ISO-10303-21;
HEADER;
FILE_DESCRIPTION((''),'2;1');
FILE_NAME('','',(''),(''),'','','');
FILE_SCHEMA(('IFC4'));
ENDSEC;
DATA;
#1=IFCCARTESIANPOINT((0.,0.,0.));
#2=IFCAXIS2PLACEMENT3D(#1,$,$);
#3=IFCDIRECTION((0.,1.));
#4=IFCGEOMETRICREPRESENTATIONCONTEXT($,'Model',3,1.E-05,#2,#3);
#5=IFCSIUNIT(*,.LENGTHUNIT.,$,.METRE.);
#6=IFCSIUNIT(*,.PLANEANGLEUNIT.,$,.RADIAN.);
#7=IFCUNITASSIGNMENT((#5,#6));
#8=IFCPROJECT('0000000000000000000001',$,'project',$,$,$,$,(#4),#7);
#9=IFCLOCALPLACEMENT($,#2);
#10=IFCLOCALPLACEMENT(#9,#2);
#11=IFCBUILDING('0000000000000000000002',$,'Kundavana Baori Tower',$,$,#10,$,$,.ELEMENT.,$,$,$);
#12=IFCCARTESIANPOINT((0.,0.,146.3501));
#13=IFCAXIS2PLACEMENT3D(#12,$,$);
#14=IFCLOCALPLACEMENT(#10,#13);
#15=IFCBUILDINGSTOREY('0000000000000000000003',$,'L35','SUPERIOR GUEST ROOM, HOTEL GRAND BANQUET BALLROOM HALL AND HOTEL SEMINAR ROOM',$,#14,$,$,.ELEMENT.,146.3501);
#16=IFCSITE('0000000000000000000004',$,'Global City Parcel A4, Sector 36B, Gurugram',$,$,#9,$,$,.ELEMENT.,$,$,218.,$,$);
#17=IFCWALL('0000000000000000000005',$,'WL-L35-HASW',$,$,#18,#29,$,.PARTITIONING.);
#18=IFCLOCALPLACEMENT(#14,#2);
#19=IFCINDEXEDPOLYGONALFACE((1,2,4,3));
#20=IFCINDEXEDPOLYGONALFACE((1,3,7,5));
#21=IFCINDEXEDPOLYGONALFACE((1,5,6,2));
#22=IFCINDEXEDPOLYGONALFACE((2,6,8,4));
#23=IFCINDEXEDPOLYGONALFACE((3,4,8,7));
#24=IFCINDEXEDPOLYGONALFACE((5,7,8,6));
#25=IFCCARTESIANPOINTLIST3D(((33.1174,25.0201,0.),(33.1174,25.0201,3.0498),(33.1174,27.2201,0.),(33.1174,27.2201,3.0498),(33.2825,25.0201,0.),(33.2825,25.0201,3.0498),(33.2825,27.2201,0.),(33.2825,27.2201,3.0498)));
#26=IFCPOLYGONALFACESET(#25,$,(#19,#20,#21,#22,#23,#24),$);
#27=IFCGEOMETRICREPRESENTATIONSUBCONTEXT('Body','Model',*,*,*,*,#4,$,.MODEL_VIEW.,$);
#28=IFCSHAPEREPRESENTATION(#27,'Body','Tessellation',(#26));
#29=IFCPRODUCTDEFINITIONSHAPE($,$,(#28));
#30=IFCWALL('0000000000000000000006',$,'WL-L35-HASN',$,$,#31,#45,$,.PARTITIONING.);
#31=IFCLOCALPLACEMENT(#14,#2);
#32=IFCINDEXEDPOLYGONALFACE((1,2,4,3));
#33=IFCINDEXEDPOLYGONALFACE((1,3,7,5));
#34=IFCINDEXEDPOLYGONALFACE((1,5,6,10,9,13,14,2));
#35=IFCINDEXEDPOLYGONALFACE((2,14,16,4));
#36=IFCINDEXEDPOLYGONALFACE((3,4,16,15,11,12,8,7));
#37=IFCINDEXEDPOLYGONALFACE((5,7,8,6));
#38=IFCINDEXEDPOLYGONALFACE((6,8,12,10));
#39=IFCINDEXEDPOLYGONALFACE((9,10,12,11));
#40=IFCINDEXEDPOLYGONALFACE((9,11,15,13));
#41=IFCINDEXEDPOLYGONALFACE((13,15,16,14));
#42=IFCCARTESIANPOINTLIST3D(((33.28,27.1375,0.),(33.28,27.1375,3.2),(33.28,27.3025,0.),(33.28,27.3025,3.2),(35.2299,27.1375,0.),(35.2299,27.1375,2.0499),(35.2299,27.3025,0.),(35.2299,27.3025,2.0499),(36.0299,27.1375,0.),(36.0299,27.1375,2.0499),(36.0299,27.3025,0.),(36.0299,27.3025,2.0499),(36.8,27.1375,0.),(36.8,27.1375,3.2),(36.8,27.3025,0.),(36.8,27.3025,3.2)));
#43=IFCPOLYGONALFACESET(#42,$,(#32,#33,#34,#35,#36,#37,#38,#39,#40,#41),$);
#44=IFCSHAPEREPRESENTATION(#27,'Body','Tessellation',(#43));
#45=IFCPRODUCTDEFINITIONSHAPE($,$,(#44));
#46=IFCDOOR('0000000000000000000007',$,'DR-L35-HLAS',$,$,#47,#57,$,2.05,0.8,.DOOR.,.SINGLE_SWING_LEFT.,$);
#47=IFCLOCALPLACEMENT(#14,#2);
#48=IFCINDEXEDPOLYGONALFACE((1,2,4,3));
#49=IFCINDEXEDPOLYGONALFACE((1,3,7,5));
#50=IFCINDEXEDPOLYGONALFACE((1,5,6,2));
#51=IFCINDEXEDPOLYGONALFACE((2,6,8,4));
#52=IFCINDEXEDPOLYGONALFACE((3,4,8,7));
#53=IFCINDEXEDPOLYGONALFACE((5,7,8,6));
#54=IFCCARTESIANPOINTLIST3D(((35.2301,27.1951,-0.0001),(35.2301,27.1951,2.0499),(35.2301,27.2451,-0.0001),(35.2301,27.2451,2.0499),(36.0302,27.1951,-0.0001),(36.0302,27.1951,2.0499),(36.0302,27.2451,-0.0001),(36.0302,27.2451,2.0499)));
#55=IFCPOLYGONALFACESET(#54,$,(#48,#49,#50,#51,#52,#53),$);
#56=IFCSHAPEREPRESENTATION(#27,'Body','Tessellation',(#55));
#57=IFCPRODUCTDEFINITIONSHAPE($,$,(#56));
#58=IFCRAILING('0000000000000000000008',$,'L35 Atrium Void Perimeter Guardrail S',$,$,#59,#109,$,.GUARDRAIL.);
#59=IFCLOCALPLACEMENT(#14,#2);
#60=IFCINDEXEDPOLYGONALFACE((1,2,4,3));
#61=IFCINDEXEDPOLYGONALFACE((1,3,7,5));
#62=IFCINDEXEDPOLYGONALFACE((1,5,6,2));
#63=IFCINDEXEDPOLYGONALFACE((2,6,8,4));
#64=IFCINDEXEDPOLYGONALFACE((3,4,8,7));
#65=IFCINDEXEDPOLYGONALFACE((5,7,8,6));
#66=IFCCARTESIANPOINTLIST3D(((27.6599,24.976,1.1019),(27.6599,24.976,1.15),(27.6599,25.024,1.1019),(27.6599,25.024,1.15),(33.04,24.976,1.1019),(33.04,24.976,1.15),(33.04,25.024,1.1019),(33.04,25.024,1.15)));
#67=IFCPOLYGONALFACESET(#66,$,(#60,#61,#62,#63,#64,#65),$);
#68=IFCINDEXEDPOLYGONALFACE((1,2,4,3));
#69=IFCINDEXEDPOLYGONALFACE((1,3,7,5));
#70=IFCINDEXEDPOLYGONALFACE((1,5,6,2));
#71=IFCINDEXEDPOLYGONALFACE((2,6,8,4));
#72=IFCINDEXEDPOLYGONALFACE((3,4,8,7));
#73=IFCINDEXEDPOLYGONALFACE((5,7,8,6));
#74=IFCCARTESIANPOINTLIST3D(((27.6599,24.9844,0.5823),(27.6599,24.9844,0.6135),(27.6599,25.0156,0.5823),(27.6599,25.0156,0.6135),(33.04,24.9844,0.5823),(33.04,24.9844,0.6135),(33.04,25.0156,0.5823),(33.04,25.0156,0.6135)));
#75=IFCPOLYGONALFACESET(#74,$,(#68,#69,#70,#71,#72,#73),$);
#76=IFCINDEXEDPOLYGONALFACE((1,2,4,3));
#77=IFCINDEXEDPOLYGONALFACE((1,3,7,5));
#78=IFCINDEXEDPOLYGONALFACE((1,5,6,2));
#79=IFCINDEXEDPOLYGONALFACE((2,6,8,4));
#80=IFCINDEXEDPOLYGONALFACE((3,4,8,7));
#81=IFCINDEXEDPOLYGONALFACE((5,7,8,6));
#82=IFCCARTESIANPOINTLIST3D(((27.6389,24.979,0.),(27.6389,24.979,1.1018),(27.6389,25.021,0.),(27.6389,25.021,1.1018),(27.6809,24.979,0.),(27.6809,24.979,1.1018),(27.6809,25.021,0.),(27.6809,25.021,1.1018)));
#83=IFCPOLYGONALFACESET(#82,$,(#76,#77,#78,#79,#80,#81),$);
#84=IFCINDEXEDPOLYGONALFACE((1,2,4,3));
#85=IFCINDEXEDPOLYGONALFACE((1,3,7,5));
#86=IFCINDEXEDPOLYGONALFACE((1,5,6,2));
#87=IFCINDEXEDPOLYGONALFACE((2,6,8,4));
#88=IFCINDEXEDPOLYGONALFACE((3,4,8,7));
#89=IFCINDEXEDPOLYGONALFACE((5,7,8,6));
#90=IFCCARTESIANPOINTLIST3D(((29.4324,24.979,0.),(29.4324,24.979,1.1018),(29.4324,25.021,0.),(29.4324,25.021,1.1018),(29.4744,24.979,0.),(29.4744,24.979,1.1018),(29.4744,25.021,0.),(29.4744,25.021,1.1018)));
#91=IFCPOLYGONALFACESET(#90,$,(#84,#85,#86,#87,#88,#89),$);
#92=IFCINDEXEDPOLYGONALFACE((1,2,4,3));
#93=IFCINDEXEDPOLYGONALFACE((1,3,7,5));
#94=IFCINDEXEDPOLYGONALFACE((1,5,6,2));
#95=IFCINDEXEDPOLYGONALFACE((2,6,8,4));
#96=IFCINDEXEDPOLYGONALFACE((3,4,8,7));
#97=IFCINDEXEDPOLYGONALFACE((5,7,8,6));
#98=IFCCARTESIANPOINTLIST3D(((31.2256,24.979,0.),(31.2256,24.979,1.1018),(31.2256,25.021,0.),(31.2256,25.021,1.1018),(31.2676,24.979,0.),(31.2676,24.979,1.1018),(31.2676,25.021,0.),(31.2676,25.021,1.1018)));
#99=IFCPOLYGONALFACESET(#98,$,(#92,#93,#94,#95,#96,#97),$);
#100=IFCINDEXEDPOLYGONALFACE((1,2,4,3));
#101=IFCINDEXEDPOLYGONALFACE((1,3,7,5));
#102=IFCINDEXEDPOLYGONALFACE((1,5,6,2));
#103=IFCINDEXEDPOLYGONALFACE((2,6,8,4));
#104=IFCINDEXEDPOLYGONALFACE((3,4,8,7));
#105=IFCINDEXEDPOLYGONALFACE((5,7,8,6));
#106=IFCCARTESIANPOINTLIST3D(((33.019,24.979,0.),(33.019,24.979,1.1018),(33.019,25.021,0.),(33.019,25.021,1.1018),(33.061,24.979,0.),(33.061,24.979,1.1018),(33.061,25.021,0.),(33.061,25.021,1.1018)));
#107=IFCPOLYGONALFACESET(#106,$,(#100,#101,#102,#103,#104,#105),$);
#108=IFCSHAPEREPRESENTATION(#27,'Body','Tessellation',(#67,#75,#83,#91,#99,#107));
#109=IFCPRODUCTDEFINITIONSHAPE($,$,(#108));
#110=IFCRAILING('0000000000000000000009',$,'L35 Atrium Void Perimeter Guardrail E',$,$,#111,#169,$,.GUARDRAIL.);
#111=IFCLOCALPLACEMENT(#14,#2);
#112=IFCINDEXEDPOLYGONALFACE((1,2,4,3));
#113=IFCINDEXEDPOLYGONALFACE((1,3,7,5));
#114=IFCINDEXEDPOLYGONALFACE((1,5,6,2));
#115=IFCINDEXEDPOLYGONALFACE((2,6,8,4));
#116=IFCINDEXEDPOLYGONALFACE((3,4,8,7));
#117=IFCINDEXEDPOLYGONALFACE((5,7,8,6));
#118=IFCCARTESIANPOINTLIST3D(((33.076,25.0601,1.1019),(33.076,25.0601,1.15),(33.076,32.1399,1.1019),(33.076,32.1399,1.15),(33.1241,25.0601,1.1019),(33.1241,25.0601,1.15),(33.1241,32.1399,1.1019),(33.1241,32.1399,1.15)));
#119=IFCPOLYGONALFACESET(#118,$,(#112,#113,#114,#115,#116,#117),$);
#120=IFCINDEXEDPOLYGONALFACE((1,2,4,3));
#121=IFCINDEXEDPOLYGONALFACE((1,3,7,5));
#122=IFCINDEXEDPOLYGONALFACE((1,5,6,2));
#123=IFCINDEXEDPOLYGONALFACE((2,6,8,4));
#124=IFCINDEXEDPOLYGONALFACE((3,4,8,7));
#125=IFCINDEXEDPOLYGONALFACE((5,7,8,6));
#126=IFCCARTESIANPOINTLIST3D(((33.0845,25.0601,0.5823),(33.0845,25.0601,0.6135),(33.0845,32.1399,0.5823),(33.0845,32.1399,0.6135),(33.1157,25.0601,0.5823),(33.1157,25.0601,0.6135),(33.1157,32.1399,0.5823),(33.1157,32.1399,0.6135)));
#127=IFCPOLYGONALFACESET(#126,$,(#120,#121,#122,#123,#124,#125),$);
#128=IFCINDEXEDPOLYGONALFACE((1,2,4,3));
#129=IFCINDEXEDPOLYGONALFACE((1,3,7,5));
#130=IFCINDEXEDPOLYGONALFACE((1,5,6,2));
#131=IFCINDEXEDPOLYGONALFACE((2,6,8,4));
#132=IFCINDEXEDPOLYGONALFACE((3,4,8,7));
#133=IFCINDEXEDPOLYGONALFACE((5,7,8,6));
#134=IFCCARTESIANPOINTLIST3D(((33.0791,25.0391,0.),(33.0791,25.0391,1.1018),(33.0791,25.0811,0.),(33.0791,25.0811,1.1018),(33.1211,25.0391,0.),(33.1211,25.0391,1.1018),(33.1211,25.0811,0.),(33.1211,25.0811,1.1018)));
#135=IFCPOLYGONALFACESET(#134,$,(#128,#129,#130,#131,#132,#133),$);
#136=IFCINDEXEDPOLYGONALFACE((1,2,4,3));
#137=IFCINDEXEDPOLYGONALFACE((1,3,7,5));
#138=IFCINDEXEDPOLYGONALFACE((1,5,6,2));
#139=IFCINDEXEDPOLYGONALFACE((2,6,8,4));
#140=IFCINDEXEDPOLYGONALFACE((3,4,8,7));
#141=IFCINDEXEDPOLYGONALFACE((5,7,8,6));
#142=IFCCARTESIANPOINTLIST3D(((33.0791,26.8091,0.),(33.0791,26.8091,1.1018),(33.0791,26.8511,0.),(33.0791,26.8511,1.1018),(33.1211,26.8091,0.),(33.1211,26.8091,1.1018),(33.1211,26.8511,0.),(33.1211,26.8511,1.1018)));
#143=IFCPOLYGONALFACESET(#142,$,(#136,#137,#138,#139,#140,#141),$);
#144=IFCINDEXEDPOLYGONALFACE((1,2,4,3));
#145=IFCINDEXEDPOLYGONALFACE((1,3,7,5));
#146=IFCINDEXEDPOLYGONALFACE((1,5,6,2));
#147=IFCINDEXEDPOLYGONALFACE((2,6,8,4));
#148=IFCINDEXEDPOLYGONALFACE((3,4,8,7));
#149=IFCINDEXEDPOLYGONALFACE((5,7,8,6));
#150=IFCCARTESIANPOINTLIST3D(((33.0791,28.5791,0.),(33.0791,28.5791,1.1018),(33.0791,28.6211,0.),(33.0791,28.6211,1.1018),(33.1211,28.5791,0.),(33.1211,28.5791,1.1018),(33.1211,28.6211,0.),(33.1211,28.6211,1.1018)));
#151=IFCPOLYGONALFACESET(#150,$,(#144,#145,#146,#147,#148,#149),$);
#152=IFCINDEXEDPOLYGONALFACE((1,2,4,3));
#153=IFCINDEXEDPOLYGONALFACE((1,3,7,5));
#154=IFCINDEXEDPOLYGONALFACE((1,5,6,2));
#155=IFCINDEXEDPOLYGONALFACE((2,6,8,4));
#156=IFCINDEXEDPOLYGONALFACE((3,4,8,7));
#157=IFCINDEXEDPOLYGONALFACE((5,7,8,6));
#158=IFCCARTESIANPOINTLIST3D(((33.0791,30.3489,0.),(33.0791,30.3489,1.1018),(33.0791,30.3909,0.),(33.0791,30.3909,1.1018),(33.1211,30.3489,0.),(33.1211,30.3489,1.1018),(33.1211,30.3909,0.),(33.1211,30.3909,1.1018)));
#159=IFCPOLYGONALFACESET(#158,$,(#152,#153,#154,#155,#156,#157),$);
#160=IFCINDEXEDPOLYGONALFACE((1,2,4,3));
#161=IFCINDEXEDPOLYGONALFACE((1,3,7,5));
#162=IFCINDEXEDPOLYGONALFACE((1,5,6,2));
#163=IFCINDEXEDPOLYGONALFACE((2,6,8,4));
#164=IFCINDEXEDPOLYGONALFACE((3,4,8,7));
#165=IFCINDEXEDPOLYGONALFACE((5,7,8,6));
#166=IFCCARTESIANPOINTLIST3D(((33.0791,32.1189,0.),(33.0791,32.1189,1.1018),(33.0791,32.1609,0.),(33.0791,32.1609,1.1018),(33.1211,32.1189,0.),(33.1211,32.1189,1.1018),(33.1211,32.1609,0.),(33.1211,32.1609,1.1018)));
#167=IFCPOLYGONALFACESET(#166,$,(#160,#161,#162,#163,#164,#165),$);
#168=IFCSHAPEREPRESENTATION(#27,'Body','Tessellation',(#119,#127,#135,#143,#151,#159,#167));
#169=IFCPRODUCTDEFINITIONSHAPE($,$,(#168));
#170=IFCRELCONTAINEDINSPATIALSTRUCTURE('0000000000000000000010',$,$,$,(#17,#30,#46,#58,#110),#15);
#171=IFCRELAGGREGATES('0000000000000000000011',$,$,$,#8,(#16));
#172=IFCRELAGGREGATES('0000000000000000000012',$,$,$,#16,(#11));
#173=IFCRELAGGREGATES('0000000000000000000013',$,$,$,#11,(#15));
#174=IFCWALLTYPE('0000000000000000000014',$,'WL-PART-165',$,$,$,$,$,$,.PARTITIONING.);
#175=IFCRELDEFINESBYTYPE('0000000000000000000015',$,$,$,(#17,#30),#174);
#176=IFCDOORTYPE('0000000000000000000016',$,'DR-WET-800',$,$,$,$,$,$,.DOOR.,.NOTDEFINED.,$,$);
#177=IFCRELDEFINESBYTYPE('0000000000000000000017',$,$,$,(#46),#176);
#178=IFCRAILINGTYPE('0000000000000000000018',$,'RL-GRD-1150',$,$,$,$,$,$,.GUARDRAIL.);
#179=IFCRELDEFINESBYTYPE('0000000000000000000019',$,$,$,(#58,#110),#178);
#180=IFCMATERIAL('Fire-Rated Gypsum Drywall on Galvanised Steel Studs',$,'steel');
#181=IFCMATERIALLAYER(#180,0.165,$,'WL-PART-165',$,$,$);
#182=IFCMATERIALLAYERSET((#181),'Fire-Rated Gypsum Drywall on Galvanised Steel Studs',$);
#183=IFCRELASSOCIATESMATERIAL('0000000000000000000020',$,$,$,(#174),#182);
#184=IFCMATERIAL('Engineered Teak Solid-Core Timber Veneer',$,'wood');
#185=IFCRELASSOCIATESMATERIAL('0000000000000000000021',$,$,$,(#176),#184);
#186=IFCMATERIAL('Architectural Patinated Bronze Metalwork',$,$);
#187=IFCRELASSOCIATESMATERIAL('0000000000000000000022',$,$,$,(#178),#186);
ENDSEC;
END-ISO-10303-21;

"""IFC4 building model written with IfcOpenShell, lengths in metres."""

from ifc_helpers import new_model, si_unit, direction, frame, frame_2d, origin, origin_2d, place, context, subcontext, project, spatial, rectangle, extrude, material, layer, layer_set, type_object, element, fill, save


model = new_model("IFC4")

# Units and contexts
model_context = context("Model", 3, precision=1e-05, world=origin(), true_north=direction((0.0, 1.0)))
body_context = subcontext(model_context, "Body", "Model", "MODEL_VIEW")
ifc_project = project(units=[si_unit("LENGTHUNIT", "METRE"), si_unit("PLANEANGLEUNIT", "RADIAN")], contexts=[model_context])

# Site, building, storey
site_placement = place(None, origin())
site = spatial("IfcSite", under=ifc_project, at=site_placement, Name="Global City Parcel A4, Sector 36B, Gurugram", CompositionType="ELEMENT", RefElevation=218.0)
building_placement = place(site_placement, origin())
building = spatial("IfcBuilding", under=site, at=building_placement, Name="Kundavana Baori Tower", CompositionType="ELEMENT")
storey_placement = place(building_placement, frame((0.0, 0.0, 146.3501)))
storey = spatial("IfcBuildingStorey", under=building, at=storey_placement, Name="L35", Description="SUPERIOR GUEST ROOM, HOTEL GRAND BANQUET BALLROOM HALL AND HOTEL SEMINAR ROOM", CompositionType="ELEMENT", Elevation=146.3501)

# Shared definitions
ifc_material_1 = material(Name="Fire-Rated Gypsum Drywall on Galvanised Steel Studs", Category="steel")
ifc_layer = layer(ifc_material_1, 0.165, Name="WL-PART-165")
ifc_layer_set = layer_set([ifc_layer], Name="Fire-Rated Gypsum Drywall on Galvanised Steel Studs")
wall_type = type_object("IfcWallType", Name="WL-PART-165", PredefinedType="PARTITIONING", material=ifc_layer_set)

# Wall
wall_1_placement = place(storey_placement, frame((33.2, 25.02, 0.0), z_axis=(0.0, 0.0, 1.0), x_axis=(0.0, 1.0, 0.0)))
element("IfcWall", 1, at=wall_1_placement, inside=storey, type_object=wall_type, Name="WL-L35-HASW", PredefinedType="PARTITIONING", context=body_context, shape_type="SweptSolid", body=[
    extrude(rectangle(XDim=2.2, YDim=0.165, at=frame_2d((1.1001, 0.0))), origin(), (0.0, 0.0, 1.0), 3.0498),
])

# Wall, opening, door
wall_2_placement = place(storey_placement, frame((33.28, 27.22, 0.0), z_axis=(0.0, 0.0, 1.0), x_axis=(1.0, 0.0, 0.0)))
wall_2 = element("IfcWall", 2, at=wall_2_placement, inside=storey, type_object=wall_type, Name="WL-L35-HASN", PredefinedType="PARTITIONING", context=body_context, shape_type="SweptSolid", body=[
    extrude(rectangle(XDim=3.52, YDim=0.165, at=frame_2d((1.76, 0.0))), origin(), (0.0, 0.0, 1.0), 3.2),
])
opening_1_placement = place(wall_2_placement, frame((1.95, 0.0, 0.0)))
opening_1 = element("IfcOpeningElement", 3, at=opening_1_placement, cuts=wall_2, PredefinedType="OPENING", context=body_context, shape_type="SweptSolid", body=[
    extrude(rectangle(XDim=0.8, YDim=2.05, at=frame_2d((0.3999, 1.0249))), frame((0.0, 0.0925, 0.0), z_axis=(0.0, -1.0, 0.0), x_axis=(1.0, 0.0, 0.0)), (0.0, 0.0, 1.0), 0.1851),
])
ifc_material_2 = material(Name="Engineered Teak Solid-Core Timber Veneer", Category="wood")
door_type_1 = type_object("IfcDoorType", Name="DR-WET-800", OperationType="NOTDEFINED", PredefinedType="DOOR", material=ifc_material_2)
door_1_placement = place(opening_1_placement, frame((0.8, 0.0, 0.0), z_axis=(0.0, 0.0, 1.0), x_axis=(-1.0, 0.0, 0.0)))
door_1 = element("IfcDoor", 4, at=door_1_placement, inside=storey, type_object=door_type_1, Name="DR-L35-HLAS", OperationType="SINGLE_SWING_LEFT", OverallHeight=2.05, OverallWidth=0.8, PredefinedType="DOOR", context=body_context, shape_type="SweptSolid", body=[
    extrude(rectangle(XDim=0.8, YDim=2.05, at=frame_2d((0.3999, 1.0249))), frame((0.0, 0.0249, 0.0), z_axis=(0.0, -1.0, 0.0), x_axis=(1.0, 0.0, 0.0)), (0.0, 0.0, 1.0), 0.05),
])
fill(opening_1, door_1)

# Railings
ifc_material_3 = material(Name="Architectural Patinated Bronze Metalwork")
railing_type = type_object("IfcRailingType", Name="RL-GRD-1150", PredefinedType="GUARDRAIL", material=ifc_material_3)
railing_1_placement = place(storey_placement, frame((27.6599, 25.0, 0.0)))
element("IfcRailing", 5, at=railing_1_placement, inside=storey, type_object=railing_type, Name="L35 Atrium Void Perimeter Guardrail S", PredefinedType="GUARDRAIL", context=body_context, shape_type="SweptSolid", body=[
    extrude(rectangle(XDim=0.0481, YDim=0.0481, at=origin_2d()), frame((0.0, 0.0, 1.126), z_axis=(1.0, 0.0, 0.0), x_axis=(0.0, 1.0, 0.0)), (0.0, 0.0, 1.0), 5.3801),
    extrude(rectangle(XDim=0.0312, YDim=0.0312, at=origin_2d()), frame((0.0, 0.0, 0.5979), z_axis=(1.0, 0.0, 0.0), x_axis=(0.0, 1.0, 0.0)), (0.0, 0.0, 1.0), 5.3801),
    extrude(rectangle(XDim=0.042, YDim=0.042, at=origin_2d()), origin(), (0.0, 0.0, 1.0), 1.1018),
    extrude(rectangle(XDim=0.042, YDim=0.042, at=origin_2d()), frame((1.7935, 0.0, 0.0)), (0.0, 0.0, 1.0), 1.1018),
    extrude(rectangle(XDim=0.042, YDim=0.042, at=origin_2d()), frame((3.5867, 0.0, 0.0)), (0.0, 0.0, 1.0), 1.1018),
    extrude(rectangle(XDim=0.042, YDim=0.042, at=origin_2d()), frame((5.3801, 0.0, 0.0)), (0.0, 0.0, 1.0), 1.1018),
])
railing_2_placement = place(storey_placement, frame((33.1001, 25.0601, 0.0)))
element("IfcRailing", 6, at=railing_2_placement, inside=storey, type_object=railing_type, Name="L35 Atrium Void Perimeter Guardrail E", PredefinedType="GUARDRAIL", context=body_context, shape_type="SweptSolid", body=[
    extrude(rectangle(XDim=0.0481, YDim=0.0481, at=origin_2d()), frame((0.0, 0.0, 1.126), z_axis=(0.0, 1.0, 0.0), x_axis=(-1.0, 0.0, 0.0)), (0.0, 0.0, 1.0), 7.0798),
    extrude(rectangle(XDim=0.0312, YDim=0.0312, at=origin_2d()), frame((0.0, 0.0, 0.5979), z_axis=(0.0, 1.0, 0.0), x_axis=(-1.0, 0.0, 0.0)), (0.0, 0.0, 1.0), 7.0798),
    extrude(rectangle(XDim=0.042, YDim=0.042, at=origin_2d()), origin(), (0.0, 0.0, 1.0), 1.1018),
    extrude(rectangle(XDim=0.042, YDim=0.042, at=origin_2d()), frame((0.0, 1.77, 0.0)), (0.0, 0.0, 1.0), 1.1018),
    extrude(rectangle(XDim=0.042, YDim=0.042, at=origin_2d()), frame((0.0, 3.54, 0.0)), (0.0, 0.0, 1.0), 1.1018),
    extrude(rectangle(XDim=0.042, YDim=0.042, at=origin_2d()), frame((0.0, 5.3098, 0.0)), (0.0, 0.0, 1.0), 1.1018),
    extrude(rectangle(XDim=0.042, YDim=0.042, at=origin_2d()), frame((0.0, 7.0798, 0.0)), (0.0, 0.0, 1.0), 1.1018),
])

save(model, "model.ifc")
